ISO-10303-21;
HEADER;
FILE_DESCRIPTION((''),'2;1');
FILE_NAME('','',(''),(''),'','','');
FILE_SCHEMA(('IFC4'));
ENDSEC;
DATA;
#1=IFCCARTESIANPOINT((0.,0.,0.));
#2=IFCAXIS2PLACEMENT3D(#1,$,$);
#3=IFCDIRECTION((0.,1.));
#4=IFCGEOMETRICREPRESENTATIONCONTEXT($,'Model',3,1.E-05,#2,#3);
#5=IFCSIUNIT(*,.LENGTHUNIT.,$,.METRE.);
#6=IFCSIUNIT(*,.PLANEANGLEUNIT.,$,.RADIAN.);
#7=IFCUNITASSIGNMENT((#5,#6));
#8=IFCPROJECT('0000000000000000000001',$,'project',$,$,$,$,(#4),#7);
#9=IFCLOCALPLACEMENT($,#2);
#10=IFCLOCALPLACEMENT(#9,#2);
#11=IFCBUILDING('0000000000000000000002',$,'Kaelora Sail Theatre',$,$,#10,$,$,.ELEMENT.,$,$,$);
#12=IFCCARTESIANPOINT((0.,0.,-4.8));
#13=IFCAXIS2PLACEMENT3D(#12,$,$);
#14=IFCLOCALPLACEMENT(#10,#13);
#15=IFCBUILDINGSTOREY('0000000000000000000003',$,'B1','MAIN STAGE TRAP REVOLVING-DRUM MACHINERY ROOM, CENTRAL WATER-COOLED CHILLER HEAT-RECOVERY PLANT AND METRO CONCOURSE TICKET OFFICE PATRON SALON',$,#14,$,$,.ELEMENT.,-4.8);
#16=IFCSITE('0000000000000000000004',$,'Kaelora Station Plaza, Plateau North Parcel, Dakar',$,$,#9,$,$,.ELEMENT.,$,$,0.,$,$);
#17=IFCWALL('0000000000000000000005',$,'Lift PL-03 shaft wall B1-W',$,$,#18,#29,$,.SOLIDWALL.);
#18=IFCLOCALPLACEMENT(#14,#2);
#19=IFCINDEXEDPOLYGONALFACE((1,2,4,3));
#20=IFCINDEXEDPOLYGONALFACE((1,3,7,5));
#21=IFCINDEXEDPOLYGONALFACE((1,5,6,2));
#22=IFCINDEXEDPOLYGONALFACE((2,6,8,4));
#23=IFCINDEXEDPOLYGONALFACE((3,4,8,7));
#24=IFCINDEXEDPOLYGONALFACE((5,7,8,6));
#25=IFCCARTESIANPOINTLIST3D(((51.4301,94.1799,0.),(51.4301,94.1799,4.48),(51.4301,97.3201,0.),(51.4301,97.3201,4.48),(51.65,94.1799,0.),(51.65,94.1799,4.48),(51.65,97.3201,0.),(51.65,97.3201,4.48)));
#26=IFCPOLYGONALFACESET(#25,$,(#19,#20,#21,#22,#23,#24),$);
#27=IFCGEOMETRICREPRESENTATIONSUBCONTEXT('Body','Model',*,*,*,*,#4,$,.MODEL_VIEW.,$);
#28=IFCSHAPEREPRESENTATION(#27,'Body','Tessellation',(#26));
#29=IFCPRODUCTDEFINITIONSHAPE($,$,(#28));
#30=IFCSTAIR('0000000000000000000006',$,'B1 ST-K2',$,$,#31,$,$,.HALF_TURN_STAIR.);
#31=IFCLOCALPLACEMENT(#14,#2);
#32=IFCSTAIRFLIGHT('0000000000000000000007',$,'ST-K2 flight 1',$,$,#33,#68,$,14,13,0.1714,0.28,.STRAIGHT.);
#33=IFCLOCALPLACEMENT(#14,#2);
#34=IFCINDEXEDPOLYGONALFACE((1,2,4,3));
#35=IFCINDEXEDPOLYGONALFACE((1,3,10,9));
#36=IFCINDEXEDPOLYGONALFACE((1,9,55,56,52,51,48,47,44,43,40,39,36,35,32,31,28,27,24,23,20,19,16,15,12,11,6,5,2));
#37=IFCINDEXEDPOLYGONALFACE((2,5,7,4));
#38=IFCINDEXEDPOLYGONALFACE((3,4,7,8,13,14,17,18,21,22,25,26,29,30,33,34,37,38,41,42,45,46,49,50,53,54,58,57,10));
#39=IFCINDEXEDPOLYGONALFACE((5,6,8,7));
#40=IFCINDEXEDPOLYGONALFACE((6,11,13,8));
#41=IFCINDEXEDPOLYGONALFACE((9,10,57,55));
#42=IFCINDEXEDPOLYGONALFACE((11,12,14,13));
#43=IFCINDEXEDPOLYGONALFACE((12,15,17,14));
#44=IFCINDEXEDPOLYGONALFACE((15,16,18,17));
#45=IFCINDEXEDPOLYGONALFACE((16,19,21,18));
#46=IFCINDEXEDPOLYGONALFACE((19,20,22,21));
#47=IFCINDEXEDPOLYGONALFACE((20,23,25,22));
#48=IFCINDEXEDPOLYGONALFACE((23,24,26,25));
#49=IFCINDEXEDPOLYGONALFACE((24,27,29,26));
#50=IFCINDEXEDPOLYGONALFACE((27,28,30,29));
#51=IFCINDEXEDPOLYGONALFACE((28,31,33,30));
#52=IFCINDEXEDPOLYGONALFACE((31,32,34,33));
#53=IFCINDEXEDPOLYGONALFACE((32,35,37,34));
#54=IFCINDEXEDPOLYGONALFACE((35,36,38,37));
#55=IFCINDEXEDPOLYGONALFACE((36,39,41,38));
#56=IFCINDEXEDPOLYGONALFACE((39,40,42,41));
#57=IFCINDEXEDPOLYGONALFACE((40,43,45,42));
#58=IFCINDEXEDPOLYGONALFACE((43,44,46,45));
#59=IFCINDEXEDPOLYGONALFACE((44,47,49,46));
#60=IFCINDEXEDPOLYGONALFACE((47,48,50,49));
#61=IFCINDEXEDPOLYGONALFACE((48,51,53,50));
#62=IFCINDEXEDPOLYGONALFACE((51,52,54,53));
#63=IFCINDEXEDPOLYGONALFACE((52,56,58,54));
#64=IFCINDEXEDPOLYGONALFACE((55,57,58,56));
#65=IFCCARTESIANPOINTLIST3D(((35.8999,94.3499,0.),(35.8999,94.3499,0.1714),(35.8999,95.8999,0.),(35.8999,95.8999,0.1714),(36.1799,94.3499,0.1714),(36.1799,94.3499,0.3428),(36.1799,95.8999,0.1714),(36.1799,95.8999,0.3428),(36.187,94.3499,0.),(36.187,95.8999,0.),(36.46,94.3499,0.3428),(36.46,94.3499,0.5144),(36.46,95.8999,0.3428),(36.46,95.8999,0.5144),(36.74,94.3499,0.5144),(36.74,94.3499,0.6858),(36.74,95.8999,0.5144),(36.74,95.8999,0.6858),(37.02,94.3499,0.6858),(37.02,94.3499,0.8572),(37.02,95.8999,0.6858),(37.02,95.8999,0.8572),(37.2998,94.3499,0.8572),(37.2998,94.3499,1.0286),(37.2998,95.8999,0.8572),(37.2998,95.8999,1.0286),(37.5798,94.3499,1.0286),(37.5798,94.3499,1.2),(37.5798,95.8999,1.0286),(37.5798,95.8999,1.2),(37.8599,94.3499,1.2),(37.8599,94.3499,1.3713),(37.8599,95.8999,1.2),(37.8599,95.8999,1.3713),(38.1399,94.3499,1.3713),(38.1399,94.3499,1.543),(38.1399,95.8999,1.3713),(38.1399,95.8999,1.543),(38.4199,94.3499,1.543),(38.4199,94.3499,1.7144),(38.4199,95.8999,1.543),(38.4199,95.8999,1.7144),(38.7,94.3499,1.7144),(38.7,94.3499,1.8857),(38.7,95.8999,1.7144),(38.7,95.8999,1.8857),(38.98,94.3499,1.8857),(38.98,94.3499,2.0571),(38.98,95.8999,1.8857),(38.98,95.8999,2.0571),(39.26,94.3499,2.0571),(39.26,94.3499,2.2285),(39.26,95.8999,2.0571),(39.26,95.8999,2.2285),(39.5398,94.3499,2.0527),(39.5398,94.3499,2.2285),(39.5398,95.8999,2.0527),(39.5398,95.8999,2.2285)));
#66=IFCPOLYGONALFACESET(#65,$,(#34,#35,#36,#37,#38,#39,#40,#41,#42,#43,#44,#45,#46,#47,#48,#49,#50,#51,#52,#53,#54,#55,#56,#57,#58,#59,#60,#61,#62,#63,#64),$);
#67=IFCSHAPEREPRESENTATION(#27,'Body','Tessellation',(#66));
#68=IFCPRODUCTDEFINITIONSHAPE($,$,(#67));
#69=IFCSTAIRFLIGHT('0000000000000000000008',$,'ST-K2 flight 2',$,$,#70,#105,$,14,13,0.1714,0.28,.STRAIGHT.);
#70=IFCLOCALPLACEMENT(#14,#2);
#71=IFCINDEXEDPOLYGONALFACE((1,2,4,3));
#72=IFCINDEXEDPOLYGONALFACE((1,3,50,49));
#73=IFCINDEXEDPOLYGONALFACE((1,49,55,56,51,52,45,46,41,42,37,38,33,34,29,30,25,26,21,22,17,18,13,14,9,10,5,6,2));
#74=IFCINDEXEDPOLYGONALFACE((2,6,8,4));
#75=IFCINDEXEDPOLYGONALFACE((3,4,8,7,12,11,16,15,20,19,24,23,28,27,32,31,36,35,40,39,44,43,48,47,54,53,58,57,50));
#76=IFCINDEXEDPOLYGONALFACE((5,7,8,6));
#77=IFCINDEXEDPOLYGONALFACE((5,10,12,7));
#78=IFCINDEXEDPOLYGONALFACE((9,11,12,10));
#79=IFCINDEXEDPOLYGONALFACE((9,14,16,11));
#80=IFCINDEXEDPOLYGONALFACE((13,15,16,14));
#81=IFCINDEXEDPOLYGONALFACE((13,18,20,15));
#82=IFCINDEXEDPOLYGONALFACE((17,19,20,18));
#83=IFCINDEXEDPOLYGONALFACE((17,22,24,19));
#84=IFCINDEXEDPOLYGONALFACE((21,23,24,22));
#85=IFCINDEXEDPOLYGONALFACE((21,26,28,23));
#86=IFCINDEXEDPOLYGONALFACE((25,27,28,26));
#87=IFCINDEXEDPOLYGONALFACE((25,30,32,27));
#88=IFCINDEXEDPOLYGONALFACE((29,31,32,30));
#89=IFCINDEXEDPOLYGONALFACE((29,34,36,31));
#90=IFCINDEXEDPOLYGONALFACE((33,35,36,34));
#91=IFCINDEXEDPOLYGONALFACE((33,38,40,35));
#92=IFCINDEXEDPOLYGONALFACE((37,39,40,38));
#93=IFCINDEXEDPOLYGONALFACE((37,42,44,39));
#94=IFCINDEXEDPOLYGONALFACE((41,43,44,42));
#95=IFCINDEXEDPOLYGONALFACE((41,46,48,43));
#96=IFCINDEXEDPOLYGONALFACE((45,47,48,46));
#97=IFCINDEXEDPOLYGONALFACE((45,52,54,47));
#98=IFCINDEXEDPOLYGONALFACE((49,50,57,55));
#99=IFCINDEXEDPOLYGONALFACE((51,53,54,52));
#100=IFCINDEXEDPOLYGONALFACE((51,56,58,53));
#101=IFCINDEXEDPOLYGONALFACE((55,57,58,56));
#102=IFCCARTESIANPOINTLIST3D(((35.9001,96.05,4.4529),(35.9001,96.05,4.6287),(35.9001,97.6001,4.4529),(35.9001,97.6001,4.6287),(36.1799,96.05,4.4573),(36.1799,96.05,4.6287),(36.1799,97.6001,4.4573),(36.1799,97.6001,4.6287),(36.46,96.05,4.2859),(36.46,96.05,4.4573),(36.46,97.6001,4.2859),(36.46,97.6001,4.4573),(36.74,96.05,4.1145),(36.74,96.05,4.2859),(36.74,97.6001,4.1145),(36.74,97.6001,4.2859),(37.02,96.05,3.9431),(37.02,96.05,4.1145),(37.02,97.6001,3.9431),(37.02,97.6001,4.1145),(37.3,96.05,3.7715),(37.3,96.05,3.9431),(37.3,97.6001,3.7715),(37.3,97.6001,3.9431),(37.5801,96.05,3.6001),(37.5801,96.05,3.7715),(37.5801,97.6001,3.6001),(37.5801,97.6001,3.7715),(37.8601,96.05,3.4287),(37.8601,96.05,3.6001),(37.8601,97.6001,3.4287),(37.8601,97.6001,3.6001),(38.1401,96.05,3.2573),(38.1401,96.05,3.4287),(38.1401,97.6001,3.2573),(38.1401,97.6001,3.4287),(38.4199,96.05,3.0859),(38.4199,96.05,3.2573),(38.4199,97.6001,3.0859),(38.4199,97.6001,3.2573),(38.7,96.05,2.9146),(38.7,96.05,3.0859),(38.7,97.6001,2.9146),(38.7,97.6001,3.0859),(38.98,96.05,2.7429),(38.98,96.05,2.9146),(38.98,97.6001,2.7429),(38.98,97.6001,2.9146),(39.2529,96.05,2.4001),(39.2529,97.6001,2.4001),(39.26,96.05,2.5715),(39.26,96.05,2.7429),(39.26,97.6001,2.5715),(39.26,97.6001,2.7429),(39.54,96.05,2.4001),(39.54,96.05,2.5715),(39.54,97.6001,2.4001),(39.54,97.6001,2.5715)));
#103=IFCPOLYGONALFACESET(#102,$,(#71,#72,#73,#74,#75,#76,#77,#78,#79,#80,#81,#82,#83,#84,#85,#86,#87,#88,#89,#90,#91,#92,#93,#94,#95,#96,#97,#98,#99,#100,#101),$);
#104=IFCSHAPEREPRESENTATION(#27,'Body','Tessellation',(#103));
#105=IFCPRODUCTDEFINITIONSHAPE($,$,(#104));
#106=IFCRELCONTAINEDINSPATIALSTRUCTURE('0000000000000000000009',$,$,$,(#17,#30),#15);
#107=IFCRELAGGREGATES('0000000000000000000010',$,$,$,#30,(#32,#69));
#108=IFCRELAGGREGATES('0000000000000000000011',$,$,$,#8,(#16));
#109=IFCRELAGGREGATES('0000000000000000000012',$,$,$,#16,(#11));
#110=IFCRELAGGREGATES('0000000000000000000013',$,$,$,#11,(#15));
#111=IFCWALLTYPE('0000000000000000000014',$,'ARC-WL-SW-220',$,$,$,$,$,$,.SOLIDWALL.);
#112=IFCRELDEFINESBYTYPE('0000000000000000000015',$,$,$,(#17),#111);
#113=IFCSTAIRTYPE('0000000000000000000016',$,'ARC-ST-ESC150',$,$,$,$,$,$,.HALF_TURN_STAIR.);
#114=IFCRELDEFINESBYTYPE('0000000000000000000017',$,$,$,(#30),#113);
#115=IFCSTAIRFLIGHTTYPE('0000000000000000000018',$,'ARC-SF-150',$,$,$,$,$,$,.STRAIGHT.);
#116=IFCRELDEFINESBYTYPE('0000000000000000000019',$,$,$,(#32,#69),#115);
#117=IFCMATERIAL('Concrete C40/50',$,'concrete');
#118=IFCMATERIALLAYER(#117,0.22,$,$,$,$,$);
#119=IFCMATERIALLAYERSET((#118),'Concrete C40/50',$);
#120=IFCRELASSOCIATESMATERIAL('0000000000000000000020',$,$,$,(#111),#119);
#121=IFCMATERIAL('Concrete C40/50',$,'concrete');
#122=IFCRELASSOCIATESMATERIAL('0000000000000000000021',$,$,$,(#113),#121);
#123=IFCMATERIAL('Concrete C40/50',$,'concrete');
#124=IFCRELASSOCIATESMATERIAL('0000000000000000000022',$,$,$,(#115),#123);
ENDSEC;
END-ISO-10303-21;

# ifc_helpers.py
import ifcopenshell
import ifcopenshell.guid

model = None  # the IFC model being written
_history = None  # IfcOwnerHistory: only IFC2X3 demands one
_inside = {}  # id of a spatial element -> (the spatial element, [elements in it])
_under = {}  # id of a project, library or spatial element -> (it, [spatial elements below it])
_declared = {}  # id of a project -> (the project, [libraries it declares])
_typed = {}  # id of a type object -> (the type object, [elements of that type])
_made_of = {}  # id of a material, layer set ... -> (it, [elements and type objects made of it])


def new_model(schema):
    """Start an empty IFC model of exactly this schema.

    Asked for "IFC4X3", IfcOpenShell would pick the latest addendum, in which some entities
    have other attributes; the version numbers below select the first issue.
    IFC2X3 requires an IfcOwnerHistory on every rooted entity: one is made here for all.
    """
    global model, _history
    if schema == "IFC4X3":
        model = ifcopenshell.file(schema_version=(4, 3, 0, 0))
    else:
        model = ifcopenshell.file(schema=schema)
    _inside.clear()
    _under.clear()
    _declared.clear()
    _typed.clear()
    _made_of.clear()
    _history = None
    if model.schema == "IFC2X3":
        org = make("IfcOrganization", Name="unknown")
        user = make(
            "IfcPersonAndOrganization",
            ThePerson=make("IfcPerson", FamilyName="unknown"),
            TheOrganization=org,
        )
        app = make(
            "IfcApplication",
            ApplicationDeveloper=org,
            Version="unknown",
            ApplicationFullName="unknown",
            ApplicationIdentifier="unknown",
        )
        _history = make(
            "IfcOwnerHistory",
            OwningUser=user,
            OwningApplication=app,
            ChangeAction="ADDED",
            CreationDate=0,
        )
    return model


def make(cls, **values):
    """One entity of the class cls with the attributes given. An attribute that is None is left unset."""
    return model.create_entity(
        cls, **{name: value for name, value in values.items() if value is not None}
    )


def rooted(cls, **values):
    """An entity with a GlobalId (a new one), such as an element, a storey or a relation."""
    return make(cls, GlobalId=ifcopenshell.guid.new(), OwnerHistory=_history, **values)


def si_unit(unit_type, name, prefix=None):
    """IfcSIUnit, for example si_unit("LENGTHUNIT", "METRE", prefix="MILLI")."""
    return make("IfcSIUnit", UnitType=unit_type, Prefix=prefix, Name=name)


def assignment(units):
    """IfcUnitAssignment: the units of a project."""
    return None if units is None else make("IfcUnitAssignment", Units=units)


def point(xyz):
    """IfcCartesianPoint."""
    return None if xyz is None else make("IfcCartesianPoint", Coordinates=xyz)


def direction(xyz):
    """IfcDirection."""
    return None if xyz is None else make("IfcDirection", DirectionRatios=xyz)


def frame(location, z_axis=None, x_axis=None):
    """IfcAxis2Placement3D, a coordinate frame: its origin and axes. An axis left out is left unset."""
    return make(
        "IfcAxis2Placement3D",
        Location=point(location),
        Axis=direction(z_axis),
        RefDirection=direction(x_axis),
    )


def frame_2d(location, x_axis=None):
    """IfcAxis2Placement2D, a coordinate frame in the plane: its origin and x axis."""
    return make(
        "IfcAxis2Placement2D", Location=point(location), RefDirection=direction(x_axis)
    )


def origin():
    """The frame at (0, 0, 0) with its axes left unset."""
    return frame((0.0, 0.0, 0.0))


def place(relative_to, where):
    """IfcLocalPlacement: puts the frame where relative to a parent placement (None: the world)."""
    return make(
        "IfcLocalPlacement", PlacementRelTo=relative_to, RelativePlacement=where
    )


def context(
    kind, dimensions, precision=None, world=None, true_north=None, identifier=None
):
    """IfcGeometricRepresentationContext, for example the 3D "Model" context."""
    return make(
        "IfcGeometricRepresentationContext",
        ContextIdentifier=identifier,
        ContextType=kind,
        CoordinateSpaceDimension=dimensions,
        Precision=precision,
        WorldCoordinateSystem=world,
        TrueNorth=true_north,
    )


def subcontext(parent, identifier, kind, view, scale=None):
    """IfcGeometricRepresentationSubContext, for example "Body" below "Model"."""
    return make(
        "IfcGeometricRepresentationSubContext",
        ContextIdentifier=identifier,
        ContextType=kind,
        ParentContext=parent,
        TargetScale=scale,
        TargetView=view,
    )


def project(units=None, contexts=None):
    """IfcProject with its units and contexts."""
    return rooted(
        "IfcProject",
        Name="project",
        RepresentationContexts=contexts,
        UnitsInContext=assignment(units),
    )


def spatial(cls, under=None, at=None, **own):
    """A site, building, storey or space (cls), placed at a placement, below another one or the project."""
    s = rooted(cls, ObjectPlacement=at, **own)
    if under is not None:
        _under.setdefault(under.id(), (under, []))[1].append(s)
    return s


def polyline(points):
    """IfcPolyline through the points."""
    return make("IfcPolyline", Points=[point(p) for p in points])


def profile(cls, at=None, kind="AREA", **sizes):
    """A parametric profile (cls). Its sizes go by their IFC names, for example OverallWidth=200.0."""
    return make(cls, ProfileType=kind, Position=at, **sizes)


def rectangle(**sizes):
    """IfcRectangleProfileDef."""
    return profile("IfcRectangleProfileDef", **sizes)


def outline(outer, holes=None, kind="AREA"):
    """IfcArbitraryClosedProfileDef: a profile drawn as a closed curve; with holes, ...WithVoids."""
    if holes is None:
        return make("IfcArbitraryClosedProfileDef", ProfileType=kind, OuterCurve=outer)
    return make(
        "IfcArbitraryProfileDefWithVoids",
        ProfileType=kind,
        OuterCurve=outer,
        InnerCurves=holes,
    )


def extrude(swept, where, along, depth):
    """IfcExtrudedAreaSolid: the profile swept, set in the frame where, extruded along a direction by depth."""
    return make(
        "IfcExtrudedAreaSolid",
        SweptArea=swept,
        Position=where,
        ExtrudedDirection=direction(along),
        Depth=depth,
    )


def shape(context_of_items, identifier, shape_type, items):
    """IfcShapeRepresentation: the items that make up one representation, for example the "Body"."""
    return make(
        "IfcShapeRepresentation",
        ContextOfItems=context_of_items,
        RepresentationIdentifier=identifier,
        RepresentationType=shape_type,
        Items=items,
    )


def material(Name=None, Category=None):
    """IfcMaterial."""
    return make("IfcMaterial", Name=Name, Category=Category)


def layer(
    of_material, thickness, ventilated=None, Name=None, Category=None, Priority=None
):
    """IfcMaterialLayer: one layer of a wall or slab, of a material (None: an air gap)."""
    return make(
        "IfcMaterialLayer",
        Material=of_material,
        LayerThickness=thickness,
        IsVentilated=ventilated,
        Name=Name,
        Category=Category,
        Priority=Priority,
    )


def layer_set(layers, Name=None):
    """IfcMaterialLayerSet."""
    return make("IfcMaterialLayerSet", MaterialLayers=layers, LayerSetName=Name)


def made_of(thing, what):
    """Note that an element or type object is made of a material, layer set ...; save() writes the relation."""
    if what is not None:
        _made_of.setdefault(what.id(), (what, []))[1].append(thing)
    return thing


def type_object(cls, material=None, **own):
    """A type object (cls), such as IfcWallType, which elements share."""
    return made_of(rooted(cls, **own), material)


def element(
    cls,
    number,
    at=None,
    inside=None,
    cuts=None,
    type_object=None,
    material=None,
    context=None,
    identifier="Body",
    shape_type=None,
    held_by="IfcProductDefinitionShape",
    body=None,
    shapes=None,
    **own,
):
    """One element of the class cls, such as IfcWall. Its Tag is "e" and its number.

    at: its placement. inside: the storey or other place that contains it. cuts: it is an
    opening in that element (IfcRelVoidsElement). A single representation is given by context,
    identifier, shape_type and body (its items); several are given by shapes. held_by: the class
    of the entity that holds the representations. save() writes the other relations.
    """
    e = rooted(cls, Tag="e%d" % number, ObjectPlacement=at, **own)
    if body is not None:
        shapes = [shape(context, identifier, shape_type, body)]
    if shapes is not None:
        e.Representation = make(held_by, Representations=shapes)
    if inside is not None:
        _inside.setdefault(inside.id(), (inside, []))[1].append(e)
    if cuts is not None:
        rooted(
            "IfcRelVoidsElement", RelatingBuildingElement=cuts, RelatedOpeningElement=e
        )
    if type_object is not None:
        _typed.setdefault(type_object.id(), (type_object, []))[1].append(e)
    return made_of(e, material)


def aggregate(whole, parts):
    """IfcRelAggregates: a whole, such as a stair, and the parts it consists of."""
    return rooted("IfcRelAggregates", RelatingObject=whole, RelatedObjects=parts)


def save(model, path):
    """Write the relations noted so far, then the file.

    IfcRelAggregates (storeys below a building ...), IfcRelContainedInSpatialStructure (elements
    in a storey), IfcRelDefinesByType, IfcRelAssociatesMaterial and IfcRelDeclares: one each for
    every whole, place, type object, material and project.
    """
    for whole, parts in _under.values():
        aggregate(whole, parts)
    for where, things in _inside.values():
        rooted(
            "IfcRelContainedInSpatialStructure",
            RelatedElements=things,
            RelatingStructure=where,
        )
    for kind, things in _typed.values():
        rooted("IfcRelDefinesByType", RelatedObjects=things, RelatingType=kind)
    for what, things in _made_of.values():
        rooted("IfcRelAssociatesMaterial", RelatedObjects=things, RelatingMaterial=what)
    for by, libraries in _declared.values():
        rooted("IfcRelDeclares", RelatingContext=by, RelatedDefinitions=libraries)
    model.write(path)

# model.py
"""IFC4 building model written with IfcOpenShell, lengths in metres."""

from ifc_helpers import new_model, si_unit, direction, frame, frame_2d, origin, place, context, subcontext, project, spatial, polyline, rectangle, outline, extrude, material, layer, layer_set, type_object, element, aggregate, save


model = new_model("IFC4")

# Units and contexts
model_context = context("Model", 3, precision=1e-05, world=origin(), true_north=direction((0.0, 1.0)))
body_context = subcontext(model_context, "Body", "Model", "MODEL_VIEW")
ifc_project = project(units=[si_unit("LENGTHUNIT", "METRE"), si_unit("PLANEANGLEUNIT", "RADIAN")], contexts=[model_context])

# Site, building, storey
site_placement = place(None, origin())
site = spatial("IfcSite", under=ifc_project, at=site_placement, Name="Kaelora Station Plaza, Plateau North Parcel, Dakar", CompositionType="ELEMENT", RefElevation=0.0)
building_placement = place(site_placement, origin())
building = spatial("IfcBuilding", under=site, at=building_placement, Name="Kaelora Sail Theatre", CompositionType="ELEMENT")
storey_placement = place(building_placement, frame((0.0, 0.0, -4.8)))
storey = spatial("IfcBuildingStorey", under=building, at=storey_placement, Name="B1", Description="MAIN STAGE TRAP REVOLVING-DRUM MACHINERY ROOM, CENTRAL WATER-COOLED CHILLER HEAT-RECOVERY PLANT AND METRO CONCOURSE TICKET OFFICE PATRON SALON", CompositionType="ELEMENT", Elevation=-4.8)

# Wall
ifc_material_1 = material(Name="Concrete C40/50", Category="concrete")
ifc_layer_1 = layer(ifc_material_1, 0.22)
ifc_layer_set_1 = layer_set([ifc_layer_1], Name="Concrete C40/50")
wall_type_1 = type_object("IfcWallType", Name="ARC-WL-SW-220", PredefinedType="SOLIDWALL", material=ifc_layer_set_1)
wall_1_placement = place(storey_placement, frame((51.54, 94.1799, 0.0), z_axis=(0.0, 0.0, 1.0), x_axis=(0.0, 1.0, 0.0)))
element("IfcWall", 1, at=wall_1_placement, inside=storey, type_object=wall_type_1, Name="Lift PL-03 shaft wall B1-W", PredefinedType="SOLIDWALL", context=body_context, shape_type="SweptSolid", body=[
    extrude(rectangle(XDim=3.1401, YDim=0.22, at=frame_2d((1.5701, 0.0))), origin(), (0.0, 0.0, 1.0), 4.48),
])

# Stair, stair flights
ifc_material_2 = material(Name="Concrete C40/50", Category="concrete")
stair_type = type_object("IfcStairType", Name="ARC-ST-ESC150", PredefinedType="HALF_TURN_STAIR", material=ifc_material_2)
stair_placement = place(storey_placement, origin())
stair = element("IfcStair", 2, at=stair_placement, inside=storey, type_object=stair_type, Name="B1 ST-K2", PredefinedType="HALF_TURN_STAIR")
ifc_material_3 = material(Name="Concrete C40/50", Category="concrete")
stair_flight_type = type_object("IfcStairFlightType", Name="ARC-SF-150", PredefinedType="STRAIGHT", material=ifc_material_3)
stair_flight_1_placement = place(storey_placement, frame((35.8999, 95.125, 0.0), z_axis=(0.0, 0.0, 1.0), x_axis=(1.0, 0.0, 0.0)))
stair_flight_1 = element("IfcStairFlight", 3, at=stair_flight_1_placement, type_object=stair_flight_type, Name="ST-K2 flight 1", NumberOfRisers=14, NumberOfTreads=13, PredefinedType="STRAIGHT", RiserHeight=0.1714, TreadLength=0.28, context=body_context, shape_type="SweptSolid", body=[
    extrude(outline(polyline([(0.0, 0.0), (0.0, 0.1714), (0.28, 0.1714), (0.28, 0.3428), (0.5601, 0.3428), (0.5601, 0.5144), (0.8401, 0.5144), (0.8401, 0.6858), (1.1201, 0.6858), (1.1201, 0.8572), (1.3999, 0.8572), (1.3999, 1.0286), (1.6799, 1.0286), (1.6799, 1.2), (1.96, 1.2), (1.96, 1.3713), (2.24, 1.3713), (2.24, 1.543), (2.52, 1.543), (2.52, 1.7144), (2.8, 1.7144), (2.8, 1.8857), (3.0801, 1.8857), (3.0801, 2.0571), (3.3601, 2.0571), (3.3601, 2.2285), (3.6399, 2.2285), (3.6399, 2.3999), (3.6399, 2.0527), (0.2871, 0.0), (0.0, 0.0)])), frame((0.0, 0.7749, 0.0), z_axis=(0.0, -1.0, 0.0), x_axis=(1.0, 0.0, 0.0)), (0.0, 0.0, 1.0), 1.55),
])
stair_flight_2_placement = place(storey_placement, frame((39.54, 96.825, 2.4001), z_axis=(0.0, 0.0, 1.0), x_axis=(-1.0, 0.0, 0.0)))
stair_flight_2 = element("IfcStairFlight", 4, at=stair_flight_2_placement, type_object=stair_flight_type, Name="ST-K2 flight 2", NumberOfRisers=14, NumberOfTreads=13, PredefinedType="STRAIGHT", RiserHeight=0.1714, TreadLength=0.28, context=body_context, shape_type="SweptSolid", body=[
    extrude(outline(polyline([(0.0, 0.0), (0.0, 0.1714), (0.28, 0.1714), (0.28, 0.3428), (0.5601, 0.3428), (0.5601, 0.5144), (0.8401, 0.5144), (0.8401, 0.6858), (1.1201, 0.6858), (1.1201, 0.8572), (1.3999, 0.8572), (1.3999, 1.0286), (1.6799, 1.0286), (1.6799, 1.2), (1.96, 1.2), (1.96, 1.3713), (2.24, 1.3713), (2.24, 1.543), (2.52, 1.543), (2.52, 1.7144), (2.8, 1.7144), (2.8, 1.8857), (3.0801, 1.8857), (3.0801, 2.0571), (3.3601, 2.0571), (3.3601, 2.2285), (3.6399, 2.2285), (3.6399, 2.3999), (3.6399, 2.0527), (0.2871, 0.0), (0.0, 0.0)])), frame((0.0, 0.7749, 0.0), z_axis=(0.0, -1.0, 0.0), x_axis=(1.0, 0.0, 0.0)), (0.0, 0.0, 1.0), 1.55),
])
aggregate(stair, [stair_flight_1, stair_flight_2])

save(model, "model.ifc")
